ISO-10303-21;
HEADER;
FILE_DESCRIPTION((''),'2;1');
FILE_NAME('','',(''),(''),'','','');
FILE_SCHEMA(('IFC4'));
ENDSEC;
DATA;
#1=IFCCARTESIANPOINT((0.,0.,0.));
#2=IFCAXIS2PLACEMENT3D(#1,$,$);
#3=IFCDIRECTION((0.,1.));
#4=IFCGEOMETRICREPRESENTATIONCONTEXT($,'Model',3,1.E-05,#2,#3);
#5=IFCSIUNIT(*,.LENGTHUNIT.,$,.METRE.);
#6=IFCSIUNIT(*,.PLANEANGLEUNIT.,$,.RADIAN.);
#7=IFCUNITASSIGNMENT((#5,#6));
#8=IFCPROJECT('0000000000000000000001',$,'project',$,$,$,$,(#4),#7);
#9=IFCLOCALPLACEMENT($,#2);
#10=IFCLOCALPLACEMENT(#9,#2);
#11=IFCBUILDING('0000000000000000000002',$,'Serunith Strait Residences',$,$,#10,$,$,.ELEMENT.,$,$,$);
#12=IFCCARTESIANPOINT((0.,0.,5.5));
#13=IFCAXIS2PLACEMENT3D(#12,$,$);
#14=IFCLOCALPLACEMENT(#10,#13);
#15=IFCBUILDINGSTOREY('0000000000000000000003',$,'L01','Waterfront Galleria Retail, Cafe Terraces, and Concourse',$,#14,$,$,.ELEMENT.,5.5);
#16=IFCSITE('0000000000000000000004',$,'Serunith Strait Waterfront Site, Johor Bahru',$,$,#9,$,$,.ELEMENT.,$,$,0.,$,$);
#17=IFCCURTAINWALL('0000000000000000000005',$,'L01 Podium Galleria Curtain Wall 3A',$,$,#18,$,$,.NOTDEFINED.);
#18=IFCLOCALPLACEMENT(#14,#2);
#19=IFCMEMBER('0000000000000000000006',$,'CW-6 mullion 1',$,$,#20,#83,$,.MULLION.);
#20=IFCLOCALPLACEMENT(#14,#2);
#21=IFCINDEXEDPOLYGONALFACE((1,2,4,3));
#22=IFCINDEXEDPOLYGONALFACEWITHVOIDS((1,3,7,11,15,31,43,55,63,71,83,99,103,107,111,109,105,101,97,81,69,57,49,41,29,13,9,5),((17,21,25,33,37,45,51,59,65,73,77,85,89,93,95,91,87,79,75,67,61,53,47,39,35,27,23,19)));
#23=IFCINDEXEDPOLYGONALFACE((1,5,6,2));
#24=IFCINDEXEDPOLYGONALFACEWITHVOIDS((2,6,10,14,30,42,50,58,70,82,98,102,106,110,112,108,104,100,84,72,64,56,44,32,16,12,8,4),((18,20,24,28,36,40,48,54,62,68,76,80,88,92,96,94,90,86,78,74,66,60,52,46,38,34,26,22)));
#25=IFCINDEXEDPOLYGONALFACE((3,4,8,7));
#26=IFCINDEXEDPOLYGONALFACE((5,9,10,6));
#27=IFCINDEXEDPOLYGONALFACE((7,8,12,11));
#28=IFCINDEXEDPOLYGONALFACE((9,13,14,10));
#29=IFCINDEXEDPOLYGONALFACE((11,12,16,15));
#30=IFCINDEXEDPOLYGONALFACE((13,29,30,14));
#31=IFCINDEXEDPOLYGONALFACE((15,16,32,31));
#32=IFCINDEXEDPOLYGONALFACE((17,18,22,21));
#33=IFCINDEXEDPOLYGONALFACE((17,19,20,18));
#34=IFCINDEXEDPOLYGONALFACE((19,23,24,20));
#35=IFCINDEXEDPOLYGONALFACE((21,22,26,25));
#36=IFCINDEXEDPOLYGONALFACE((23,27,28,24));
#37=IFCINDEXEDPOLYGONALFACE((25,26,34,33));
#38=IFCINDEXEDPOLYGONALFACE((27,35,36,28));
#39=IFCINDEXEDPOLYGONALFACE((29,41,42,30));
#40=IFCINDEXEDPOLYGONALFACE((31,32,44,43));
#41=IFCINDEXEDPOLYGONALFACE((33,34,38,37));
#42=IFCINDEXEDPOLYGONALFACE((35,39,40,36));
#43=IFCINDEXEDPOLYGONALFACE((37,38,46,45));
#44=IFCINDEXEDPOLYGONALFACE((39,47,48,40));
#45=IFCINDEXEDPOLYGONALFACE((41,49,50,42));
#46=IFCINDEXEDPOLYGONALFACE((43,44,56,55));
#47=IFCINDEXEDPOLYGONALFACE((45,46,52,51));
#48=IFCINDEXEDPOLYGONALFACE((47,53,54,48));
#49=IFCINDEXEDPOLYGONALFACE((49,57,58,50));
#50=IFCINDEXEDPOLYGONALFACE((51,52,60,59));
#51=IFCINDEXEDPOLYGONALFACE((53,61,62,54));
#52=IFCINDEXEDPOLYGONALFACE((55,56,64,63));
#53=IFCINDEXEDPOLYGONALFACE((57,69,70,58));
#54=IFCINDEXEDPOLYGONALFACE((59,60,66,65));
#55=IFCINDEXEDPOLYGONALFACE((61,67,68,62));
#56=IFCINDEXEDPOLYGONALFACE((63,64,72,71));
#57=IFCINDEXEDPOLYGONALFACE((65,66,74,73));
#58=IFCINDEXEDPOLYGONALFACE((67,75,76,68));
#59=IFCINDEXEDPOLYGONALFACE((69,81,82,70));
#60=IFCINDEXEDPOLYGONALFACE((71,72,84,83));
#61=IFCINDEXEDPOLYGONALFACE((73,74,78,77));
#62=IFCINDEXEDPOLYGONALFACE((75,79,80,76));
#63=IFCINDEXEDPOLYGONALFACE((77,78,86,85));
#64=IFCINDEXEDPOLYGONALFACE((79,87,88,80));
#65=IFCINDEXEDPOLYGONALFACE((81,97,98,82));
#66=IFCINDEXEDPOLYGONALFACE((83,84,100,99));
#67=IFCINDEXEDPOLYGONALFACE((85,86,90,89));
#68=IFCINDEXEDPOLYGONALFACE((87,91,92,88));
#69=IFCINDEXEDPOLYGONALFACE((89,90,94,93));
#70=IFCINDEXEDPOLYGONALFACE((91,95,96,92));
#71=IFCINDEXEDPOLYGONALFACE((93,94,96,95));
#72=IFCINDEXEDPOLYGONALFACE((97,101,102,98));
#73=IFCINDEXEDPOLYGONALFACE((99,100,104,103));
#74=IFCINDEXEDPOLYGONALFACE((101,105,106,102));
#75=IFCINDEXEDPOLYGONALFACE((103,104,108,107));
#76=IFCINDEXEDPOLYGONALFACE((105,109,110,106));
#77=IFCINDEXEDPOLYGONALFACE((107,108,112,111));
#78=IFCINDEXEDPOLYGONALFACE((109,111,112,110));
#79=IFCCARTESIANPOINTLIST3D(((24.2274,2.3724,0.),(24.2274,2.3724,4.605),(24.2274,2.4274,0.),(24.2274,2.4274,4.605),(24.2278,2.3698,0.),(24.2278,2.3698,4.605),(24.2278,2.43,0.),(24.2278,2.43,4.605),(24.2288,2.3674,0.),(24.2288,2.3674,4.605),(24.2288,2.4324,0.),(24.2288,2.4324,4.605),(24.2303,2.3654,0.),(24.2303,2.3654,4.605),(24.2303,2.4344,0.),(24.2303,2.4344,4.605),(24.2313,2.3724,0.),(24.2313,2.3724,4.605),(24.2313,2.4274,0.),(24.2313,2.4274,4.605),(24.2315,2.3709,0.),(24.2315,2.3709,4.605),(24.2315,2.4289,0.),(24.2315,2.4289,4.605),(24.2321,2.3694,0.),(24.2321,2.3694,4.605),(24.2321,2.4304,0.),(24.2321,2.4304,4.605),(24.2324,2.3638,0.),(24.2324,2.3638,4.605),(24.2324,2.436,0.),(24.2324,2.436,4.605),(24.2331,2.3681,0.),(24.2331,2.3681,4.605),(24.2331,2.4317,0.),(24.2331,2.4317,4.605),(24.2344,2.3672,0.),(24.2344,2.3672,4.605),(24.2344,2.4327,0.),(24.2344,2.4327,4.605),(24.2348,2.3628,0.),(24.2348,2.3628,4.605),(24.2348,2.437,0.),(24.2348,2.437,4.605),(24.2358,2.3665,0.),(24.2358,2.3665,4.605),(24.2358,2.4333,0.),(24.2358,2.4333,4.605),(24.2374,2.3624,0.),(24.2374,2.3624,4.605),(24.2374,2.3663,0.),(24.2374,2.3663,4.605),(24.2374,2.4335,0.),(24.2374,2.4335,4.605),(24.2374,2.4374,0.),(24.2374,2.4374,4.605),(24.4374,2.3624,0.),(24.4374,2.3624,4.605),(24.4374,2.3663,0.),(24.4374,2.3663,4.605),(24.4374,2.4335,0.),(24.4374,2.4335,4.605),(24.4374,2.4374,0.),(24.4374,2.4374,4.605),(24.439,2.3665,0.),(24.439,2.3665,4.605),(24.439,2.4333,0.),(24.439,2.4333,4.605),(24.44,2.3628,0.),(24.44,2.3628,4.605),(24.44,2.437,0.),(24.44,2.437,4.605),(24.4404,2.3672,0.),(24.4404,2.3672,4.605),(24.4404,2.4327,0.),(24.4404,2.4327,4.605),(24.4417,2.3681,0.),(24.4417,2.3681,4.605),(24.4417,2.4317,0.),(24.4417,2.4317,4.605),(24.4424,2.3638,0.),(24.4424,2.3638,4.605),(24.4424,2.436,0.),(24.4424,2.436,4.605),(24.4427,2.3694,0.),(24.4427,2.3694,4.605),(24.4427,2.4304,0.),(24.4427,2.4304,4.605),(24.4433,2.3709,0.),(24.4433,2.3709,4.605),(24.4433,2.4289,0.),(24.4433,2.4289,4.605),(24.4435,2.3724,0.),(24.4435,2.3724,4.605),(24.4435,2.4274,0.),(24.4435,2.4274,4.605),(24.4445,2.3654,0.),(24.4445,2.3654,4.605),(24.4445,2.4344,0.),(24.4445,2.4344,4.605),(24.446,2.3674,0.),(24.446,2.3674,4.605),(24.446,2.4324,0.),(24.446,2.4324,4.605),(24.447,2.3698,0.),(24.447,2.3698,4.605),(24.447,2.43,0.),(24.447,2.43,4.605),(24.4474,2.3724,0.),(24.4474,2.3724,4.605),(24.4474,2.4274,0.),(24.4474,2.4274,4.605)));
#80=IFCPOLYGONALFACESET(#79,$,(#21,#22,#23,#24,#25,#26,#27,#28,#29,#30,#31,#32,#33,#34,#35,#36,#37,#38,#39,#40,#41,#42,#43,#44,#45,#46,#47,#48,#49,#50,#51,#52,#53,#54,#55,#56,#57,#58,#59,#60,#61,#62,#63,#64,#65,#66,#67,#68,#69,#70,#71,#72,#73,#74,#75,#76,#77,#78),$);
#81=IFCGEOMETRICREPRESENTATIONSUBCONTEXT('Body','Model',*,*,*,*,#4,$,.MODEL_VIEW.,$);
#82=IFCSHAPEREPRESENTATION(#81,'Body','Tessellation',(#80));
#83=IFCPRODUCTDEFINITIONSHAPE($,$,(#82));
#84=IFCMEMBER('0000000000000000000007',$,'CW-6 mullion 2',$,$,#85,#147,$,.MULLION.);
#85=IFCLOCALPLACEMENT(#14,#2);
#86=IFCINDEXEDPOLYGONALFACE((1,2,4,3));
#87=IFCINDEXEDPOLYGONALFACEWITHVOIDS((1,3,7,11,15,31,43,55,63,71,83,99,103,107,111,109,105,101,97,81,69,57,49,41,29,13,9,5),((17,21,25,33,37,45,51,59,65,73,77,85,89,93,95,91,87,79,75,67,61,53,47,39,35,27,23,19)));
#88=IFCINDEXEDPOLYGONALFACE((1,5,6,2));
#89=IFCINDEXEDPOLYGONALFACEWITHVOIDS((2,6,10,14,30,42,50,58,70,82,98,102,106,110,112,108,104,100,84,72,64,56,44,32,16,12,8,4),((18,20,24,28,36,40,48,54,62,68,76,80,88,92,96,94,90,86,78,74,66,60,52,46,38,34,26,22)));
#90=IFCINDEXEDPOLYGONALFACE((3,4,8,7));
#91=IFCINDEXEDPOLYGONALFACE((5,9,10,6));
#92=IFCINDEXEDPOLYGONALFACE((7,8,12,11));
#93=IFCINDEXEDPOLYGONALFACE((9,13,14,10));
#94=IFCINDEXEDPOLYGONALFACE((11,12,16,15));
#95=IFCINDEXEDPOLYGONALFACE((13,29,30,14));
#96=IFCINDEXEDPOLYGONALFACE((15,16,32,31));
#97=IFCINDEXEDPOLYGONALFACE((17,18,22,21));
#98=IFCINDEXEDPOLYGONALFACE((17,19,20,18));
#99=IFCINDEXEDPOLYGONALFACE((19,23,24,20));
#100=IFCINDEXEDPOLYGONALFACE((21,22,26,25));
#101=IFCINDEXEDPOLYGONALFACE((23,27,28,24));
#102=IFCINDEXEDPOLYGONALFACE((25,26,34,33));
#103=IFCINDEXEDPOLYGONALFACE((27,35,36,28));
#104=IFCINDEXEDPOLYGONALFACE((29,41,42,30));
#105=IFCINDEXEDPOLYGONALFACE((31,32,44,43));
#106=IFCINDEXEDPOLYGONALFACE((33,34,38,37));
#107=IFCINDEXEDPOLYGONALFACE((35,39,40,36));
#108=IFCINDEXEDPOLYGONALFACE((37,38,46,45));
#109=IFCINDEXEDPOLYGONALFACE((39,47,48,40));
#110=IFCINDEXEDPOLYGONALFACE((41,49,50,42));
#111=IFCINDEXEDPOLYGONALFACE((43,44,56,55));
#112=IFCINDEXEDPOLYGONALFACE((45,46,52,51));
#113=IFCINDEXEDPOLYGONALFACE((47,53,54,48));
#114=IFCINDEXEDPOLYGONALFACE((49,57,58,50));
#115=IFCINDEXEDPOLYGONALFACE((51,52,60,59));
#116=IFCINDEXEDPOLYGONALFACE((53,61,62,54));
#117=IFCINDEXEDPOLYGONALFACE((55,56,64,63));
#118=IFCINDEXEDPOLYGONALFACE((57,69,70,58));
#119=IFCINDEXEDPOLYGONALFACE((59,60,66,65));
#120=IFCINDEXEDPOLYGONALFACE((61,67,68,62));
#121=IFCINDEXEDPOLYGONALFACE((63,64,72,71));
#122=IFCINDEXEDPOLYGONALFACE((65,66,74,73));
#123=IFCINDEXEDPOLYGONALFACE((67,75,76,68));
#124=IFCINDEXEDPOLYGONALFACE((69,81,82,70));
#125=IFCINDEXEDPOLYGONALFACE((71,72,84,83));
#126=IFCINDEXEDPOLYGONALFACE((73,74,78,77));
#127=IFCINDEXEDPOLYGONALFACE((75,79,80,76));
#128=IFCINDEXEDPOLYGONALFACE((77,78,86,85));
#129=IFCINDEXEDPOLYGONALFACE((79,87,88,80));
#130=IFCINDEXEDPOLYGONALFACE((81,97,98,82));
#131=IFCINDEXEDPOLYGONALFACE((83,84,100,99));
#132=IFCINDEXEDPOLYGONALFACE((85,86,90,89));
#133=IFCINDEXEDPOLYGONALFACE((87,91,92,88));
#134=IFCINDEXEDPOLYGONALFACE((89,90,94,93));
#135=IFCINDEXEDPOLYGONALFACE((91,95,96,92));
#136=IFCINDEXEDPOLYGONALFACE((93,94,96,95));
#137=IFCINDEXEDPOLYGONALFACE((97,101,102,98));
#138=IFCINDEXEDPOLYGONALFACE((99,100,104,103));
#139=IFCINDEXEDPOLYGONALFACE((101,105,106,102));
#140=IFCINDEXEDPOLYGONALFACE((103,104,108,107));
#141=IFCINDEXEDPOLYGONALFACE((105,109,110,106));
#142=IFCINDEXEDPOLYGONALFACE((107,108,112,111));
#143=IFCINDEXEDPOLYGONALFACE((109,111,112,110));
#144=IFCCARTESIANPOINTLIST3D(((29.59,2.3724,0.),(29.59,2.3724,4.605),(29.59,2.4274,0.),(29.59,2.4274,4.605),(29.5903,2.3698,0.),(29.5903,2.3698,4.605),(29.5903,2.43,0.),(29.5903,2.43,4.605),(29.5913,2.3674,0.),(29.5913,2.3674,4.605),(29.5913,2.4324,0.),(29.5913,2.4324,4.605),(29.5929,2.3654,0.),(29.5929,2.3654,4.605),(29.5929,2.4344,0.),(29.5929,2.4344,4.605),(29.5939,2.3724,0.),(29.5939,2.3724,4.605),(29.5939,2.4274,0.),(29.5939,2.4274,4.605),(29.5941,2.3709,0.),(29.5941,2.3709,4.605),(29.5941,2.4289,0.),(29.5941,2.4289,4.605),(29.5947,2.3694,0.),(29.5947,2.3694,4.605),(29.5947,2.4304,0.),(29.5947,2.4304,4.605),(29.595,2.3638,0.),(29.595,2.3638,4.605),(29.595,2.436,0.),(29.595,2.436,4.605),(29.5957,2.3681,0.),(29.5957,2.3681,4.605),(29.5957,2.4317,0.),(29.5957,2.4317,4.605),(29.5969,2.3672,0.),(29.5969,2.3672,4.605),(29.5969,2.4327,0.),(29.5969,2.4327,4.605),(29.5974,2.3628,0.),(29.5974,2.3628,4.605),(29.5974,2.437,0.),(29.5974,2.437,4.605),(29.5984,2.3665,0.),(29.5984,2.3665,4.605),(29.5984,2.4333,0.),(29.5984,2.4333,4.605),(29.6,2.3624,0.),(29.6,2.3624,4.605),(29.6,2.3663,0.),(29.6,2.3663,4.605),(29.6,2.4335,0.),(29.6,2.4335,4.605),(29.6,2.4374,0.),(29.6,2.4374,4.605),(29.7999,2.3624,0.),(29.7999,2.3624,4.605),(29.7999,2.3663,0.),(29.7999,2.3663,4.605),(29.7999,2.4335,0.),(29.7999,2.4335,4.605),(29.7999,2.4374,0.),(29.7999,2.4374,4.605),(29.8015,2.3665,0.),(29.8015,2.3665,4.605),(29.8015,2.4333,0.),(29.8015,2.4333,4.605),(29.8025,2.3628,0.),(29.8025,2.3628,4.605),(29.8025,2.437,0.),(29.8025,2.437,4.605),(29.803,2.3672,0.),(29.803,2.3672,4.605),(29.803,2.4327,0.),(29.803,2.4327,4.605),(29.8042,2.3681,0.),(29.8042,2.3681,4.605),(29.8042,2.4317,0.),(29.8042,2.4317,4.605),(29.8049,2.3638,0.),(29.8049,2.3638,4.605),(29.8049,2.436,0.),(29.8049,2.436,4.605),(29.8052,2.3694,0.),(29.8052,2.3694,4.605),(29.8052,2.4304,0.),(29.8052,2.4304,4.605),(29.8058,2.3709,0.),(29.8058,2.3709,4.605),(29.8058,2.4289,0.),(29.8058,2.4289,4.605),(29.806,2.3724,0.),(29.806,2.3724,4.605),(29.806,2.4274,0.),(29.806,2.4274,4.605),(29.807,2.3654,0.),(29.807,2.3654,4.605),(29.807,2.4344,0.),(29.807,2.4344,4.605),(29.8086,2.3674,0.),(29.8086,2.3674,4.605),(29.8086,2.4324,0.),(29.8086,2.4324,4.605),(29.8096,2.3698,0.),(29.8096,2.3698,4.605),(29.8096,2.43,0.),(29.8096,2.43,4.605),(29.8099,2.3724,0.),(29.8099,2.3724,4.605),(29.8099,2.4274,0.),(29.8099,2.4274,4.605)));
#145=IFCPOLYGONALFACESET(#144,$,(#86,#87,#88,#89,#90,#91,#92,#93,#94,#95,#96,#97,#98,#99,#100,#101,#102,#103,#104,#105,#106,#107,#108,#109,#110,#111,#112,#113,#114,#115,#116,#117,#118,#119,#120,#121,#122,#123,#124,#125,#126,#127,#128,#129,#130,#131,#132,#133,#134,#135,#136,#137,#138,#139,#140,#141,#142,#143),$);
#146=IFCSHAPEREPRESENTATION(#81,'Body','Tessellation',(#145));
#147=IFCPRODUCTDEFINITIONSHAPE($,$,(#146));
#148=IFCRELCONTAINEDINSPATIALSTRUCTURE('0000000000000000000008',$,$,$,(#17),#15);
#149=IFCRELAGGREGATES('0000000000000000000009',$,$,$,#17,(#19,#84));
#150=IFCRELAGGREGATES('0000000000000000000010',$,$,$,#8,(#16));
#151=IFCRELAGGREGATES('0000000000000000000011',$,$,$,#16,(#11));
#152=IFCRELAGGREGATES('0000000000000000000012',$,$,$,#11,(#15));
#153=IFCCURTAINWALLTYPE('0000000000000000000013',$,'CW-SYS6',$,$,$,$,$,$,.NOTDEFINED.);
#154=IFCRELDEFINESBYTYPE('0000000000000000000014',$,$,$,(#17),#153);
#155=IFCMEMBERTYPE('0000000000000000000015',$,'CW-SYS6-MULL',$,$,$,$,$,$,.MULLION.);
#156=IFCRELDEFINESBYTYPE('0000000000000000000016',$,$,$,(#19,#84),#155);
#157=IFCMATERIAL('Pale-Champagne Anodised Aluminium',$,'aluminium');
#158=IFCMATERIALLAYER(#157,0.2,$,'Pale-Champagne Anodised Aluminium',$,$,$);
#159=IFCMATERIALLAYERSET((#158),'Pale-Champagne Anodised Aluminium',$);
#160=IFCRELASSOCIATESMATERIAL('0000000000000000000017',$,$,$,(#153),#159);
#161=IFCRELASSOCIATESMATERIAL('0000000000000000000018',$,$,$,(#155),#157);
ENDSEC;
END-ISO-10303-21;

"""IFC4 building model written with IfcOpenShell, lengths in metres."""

from ifc_helpers import new_model, si_unit, direction, frame, origin, origin_2d, place, context, subcontext, project, spatial, hollow_rectangle, extrude, source, transform, mapped, material, layer, layer_set, material_profile, profile_set, type_object, element, aggregate, save


model = new_model("IFC4")

# Units and contexts
model_context = context("Model", 3, precision=1e-05, world=origin(), true_north=direction((0.0, 1.0)))
body_context = subcontext(model_context, "Body", "Model", "MODEL_VIEW")
ifc_project = project(units=[si_unit("LENGTHUNIT", "METRE"), si_unit("PLANEANGLEUNIT", "RADIAN")], contexts=[model_context])

# Site, building, storey
site_placement = place(None, origin())
site = spatial("IfcSite", under=ifc_project, at=site_placement, Name="Serunith Strait Waterfront Site, Johor Bahru", CompositionType="ELEMENT", RefElevation=0.0)
building_placement = place(site_placement, origin())
building = spatial("IfcBuilding", under=site, at=building_placement, Name="Serunith Strait Residences", CompositionType="ELEMENT")
storey_placement = place(building_placement, frame((0.0, 0.0, 5.5)))
storey = spatial("IfcBuildingStorey", under=building, at=storey_placement, Name="L01", Description="Waterfront Galleria Retail, Cafe Terraces, and Concourse", CompositionType="ELEMENT", Elevation=5.5)

# Curtain wall, members
ifc_material_1 = material(Name="Pale-Champagne Anodised Aluminium", Category="aluminium")
ifc_layer_1 = layer(ifc_material_1, 0.2, Name="Pale-Champagne Anodised Aluminium")
ifc_layer_set_1 = layer_set([ifc_layer_1], Name="Pale-Champagne Anodised Aluminium")
curtain_wall_type = type_object("IfcCurtainWallType", Name="CW-SYS6", PredefinedType="NOTDEFINED", material=ifc_layer_set_1)
curtain_wall_placement = place(storey_placement, origin())
curtain_wall = element("IfcCurtainWall", 1, at=curtain_wall_placement, inside=storey, type_object=curtain_wall_type, Name="L01 Podium Galleria Curtain Wall 3A", PredefinedType="NOTDEFINED")
ifc_material_profile_1 = material_profile(ifc_material_1, hollow_rectangle(XDim=0.075, YDim=0.22, WallThickness=0.0039, InnerFilletRadius=0.0061, OuterFilletRadius=0.01, at=origin_2d()), Name="ALU 220x75x4")
ifc_profile_set_1 = profile_set([ifc_material_profile_1], Name="Pale-Champagne Anodised Aluminium")
member_type_1 = type_object("IfcMemberType", Name="CW-SYS6-MULL", PredefinedType="MULLION", material=ifc_profile_set_1)
shared_shape_1 = source(origin(), body_context, "Body", "SweptSolid", [
    extrude(hollow_rectangle(XDim=0.075, YDim=0.22, WallThickness=0.0039, InnerFilletRadius=0.0061, OuterFilletRadius=0.01, at=origin_2d()), origin(), (0.0, 0.0, 1.0), 4.605),
])
member_1_placement = place(storey_placement, frame((24.3374, 2.3999, 0.0), z_axis=(0.0, 0.0, 1.0), x_axis=(0.0, 1.0, 0.0)))
member_1 = element("IfcMember", 2, at=member_1_placement, type_object=member_type_1, Name="CW-6 mullion 1", PredefinedType="MULLION", context=body_context, shape_type="MappedRepresentation", body=[
    mapped(shared_shape_1, transform((0.0, 0.0, 0.0), scale=1.0)),
])
member_2_placement = place(storey_placement, frame((29.7, 2.3999, 0.0), z_axis=(0.0, 0.0, 1.0), x_axis=(0.0, 1.0, 0.0)))
member_2 = element("IfcMember", 3, at=member_2_placement, type_object=member_type_1, Name="CW-6 mullion 2", PredefinedType="MULLION", context=body_context, shape_type="MappedRepresentation", body=[
    mapped(shared_shape_1, transform((0.0, 0.0, 0.0), scale=1.0)),
])
aggregate(curtain_wall, [member_1, member_2])

save(model, "model.ifc")
